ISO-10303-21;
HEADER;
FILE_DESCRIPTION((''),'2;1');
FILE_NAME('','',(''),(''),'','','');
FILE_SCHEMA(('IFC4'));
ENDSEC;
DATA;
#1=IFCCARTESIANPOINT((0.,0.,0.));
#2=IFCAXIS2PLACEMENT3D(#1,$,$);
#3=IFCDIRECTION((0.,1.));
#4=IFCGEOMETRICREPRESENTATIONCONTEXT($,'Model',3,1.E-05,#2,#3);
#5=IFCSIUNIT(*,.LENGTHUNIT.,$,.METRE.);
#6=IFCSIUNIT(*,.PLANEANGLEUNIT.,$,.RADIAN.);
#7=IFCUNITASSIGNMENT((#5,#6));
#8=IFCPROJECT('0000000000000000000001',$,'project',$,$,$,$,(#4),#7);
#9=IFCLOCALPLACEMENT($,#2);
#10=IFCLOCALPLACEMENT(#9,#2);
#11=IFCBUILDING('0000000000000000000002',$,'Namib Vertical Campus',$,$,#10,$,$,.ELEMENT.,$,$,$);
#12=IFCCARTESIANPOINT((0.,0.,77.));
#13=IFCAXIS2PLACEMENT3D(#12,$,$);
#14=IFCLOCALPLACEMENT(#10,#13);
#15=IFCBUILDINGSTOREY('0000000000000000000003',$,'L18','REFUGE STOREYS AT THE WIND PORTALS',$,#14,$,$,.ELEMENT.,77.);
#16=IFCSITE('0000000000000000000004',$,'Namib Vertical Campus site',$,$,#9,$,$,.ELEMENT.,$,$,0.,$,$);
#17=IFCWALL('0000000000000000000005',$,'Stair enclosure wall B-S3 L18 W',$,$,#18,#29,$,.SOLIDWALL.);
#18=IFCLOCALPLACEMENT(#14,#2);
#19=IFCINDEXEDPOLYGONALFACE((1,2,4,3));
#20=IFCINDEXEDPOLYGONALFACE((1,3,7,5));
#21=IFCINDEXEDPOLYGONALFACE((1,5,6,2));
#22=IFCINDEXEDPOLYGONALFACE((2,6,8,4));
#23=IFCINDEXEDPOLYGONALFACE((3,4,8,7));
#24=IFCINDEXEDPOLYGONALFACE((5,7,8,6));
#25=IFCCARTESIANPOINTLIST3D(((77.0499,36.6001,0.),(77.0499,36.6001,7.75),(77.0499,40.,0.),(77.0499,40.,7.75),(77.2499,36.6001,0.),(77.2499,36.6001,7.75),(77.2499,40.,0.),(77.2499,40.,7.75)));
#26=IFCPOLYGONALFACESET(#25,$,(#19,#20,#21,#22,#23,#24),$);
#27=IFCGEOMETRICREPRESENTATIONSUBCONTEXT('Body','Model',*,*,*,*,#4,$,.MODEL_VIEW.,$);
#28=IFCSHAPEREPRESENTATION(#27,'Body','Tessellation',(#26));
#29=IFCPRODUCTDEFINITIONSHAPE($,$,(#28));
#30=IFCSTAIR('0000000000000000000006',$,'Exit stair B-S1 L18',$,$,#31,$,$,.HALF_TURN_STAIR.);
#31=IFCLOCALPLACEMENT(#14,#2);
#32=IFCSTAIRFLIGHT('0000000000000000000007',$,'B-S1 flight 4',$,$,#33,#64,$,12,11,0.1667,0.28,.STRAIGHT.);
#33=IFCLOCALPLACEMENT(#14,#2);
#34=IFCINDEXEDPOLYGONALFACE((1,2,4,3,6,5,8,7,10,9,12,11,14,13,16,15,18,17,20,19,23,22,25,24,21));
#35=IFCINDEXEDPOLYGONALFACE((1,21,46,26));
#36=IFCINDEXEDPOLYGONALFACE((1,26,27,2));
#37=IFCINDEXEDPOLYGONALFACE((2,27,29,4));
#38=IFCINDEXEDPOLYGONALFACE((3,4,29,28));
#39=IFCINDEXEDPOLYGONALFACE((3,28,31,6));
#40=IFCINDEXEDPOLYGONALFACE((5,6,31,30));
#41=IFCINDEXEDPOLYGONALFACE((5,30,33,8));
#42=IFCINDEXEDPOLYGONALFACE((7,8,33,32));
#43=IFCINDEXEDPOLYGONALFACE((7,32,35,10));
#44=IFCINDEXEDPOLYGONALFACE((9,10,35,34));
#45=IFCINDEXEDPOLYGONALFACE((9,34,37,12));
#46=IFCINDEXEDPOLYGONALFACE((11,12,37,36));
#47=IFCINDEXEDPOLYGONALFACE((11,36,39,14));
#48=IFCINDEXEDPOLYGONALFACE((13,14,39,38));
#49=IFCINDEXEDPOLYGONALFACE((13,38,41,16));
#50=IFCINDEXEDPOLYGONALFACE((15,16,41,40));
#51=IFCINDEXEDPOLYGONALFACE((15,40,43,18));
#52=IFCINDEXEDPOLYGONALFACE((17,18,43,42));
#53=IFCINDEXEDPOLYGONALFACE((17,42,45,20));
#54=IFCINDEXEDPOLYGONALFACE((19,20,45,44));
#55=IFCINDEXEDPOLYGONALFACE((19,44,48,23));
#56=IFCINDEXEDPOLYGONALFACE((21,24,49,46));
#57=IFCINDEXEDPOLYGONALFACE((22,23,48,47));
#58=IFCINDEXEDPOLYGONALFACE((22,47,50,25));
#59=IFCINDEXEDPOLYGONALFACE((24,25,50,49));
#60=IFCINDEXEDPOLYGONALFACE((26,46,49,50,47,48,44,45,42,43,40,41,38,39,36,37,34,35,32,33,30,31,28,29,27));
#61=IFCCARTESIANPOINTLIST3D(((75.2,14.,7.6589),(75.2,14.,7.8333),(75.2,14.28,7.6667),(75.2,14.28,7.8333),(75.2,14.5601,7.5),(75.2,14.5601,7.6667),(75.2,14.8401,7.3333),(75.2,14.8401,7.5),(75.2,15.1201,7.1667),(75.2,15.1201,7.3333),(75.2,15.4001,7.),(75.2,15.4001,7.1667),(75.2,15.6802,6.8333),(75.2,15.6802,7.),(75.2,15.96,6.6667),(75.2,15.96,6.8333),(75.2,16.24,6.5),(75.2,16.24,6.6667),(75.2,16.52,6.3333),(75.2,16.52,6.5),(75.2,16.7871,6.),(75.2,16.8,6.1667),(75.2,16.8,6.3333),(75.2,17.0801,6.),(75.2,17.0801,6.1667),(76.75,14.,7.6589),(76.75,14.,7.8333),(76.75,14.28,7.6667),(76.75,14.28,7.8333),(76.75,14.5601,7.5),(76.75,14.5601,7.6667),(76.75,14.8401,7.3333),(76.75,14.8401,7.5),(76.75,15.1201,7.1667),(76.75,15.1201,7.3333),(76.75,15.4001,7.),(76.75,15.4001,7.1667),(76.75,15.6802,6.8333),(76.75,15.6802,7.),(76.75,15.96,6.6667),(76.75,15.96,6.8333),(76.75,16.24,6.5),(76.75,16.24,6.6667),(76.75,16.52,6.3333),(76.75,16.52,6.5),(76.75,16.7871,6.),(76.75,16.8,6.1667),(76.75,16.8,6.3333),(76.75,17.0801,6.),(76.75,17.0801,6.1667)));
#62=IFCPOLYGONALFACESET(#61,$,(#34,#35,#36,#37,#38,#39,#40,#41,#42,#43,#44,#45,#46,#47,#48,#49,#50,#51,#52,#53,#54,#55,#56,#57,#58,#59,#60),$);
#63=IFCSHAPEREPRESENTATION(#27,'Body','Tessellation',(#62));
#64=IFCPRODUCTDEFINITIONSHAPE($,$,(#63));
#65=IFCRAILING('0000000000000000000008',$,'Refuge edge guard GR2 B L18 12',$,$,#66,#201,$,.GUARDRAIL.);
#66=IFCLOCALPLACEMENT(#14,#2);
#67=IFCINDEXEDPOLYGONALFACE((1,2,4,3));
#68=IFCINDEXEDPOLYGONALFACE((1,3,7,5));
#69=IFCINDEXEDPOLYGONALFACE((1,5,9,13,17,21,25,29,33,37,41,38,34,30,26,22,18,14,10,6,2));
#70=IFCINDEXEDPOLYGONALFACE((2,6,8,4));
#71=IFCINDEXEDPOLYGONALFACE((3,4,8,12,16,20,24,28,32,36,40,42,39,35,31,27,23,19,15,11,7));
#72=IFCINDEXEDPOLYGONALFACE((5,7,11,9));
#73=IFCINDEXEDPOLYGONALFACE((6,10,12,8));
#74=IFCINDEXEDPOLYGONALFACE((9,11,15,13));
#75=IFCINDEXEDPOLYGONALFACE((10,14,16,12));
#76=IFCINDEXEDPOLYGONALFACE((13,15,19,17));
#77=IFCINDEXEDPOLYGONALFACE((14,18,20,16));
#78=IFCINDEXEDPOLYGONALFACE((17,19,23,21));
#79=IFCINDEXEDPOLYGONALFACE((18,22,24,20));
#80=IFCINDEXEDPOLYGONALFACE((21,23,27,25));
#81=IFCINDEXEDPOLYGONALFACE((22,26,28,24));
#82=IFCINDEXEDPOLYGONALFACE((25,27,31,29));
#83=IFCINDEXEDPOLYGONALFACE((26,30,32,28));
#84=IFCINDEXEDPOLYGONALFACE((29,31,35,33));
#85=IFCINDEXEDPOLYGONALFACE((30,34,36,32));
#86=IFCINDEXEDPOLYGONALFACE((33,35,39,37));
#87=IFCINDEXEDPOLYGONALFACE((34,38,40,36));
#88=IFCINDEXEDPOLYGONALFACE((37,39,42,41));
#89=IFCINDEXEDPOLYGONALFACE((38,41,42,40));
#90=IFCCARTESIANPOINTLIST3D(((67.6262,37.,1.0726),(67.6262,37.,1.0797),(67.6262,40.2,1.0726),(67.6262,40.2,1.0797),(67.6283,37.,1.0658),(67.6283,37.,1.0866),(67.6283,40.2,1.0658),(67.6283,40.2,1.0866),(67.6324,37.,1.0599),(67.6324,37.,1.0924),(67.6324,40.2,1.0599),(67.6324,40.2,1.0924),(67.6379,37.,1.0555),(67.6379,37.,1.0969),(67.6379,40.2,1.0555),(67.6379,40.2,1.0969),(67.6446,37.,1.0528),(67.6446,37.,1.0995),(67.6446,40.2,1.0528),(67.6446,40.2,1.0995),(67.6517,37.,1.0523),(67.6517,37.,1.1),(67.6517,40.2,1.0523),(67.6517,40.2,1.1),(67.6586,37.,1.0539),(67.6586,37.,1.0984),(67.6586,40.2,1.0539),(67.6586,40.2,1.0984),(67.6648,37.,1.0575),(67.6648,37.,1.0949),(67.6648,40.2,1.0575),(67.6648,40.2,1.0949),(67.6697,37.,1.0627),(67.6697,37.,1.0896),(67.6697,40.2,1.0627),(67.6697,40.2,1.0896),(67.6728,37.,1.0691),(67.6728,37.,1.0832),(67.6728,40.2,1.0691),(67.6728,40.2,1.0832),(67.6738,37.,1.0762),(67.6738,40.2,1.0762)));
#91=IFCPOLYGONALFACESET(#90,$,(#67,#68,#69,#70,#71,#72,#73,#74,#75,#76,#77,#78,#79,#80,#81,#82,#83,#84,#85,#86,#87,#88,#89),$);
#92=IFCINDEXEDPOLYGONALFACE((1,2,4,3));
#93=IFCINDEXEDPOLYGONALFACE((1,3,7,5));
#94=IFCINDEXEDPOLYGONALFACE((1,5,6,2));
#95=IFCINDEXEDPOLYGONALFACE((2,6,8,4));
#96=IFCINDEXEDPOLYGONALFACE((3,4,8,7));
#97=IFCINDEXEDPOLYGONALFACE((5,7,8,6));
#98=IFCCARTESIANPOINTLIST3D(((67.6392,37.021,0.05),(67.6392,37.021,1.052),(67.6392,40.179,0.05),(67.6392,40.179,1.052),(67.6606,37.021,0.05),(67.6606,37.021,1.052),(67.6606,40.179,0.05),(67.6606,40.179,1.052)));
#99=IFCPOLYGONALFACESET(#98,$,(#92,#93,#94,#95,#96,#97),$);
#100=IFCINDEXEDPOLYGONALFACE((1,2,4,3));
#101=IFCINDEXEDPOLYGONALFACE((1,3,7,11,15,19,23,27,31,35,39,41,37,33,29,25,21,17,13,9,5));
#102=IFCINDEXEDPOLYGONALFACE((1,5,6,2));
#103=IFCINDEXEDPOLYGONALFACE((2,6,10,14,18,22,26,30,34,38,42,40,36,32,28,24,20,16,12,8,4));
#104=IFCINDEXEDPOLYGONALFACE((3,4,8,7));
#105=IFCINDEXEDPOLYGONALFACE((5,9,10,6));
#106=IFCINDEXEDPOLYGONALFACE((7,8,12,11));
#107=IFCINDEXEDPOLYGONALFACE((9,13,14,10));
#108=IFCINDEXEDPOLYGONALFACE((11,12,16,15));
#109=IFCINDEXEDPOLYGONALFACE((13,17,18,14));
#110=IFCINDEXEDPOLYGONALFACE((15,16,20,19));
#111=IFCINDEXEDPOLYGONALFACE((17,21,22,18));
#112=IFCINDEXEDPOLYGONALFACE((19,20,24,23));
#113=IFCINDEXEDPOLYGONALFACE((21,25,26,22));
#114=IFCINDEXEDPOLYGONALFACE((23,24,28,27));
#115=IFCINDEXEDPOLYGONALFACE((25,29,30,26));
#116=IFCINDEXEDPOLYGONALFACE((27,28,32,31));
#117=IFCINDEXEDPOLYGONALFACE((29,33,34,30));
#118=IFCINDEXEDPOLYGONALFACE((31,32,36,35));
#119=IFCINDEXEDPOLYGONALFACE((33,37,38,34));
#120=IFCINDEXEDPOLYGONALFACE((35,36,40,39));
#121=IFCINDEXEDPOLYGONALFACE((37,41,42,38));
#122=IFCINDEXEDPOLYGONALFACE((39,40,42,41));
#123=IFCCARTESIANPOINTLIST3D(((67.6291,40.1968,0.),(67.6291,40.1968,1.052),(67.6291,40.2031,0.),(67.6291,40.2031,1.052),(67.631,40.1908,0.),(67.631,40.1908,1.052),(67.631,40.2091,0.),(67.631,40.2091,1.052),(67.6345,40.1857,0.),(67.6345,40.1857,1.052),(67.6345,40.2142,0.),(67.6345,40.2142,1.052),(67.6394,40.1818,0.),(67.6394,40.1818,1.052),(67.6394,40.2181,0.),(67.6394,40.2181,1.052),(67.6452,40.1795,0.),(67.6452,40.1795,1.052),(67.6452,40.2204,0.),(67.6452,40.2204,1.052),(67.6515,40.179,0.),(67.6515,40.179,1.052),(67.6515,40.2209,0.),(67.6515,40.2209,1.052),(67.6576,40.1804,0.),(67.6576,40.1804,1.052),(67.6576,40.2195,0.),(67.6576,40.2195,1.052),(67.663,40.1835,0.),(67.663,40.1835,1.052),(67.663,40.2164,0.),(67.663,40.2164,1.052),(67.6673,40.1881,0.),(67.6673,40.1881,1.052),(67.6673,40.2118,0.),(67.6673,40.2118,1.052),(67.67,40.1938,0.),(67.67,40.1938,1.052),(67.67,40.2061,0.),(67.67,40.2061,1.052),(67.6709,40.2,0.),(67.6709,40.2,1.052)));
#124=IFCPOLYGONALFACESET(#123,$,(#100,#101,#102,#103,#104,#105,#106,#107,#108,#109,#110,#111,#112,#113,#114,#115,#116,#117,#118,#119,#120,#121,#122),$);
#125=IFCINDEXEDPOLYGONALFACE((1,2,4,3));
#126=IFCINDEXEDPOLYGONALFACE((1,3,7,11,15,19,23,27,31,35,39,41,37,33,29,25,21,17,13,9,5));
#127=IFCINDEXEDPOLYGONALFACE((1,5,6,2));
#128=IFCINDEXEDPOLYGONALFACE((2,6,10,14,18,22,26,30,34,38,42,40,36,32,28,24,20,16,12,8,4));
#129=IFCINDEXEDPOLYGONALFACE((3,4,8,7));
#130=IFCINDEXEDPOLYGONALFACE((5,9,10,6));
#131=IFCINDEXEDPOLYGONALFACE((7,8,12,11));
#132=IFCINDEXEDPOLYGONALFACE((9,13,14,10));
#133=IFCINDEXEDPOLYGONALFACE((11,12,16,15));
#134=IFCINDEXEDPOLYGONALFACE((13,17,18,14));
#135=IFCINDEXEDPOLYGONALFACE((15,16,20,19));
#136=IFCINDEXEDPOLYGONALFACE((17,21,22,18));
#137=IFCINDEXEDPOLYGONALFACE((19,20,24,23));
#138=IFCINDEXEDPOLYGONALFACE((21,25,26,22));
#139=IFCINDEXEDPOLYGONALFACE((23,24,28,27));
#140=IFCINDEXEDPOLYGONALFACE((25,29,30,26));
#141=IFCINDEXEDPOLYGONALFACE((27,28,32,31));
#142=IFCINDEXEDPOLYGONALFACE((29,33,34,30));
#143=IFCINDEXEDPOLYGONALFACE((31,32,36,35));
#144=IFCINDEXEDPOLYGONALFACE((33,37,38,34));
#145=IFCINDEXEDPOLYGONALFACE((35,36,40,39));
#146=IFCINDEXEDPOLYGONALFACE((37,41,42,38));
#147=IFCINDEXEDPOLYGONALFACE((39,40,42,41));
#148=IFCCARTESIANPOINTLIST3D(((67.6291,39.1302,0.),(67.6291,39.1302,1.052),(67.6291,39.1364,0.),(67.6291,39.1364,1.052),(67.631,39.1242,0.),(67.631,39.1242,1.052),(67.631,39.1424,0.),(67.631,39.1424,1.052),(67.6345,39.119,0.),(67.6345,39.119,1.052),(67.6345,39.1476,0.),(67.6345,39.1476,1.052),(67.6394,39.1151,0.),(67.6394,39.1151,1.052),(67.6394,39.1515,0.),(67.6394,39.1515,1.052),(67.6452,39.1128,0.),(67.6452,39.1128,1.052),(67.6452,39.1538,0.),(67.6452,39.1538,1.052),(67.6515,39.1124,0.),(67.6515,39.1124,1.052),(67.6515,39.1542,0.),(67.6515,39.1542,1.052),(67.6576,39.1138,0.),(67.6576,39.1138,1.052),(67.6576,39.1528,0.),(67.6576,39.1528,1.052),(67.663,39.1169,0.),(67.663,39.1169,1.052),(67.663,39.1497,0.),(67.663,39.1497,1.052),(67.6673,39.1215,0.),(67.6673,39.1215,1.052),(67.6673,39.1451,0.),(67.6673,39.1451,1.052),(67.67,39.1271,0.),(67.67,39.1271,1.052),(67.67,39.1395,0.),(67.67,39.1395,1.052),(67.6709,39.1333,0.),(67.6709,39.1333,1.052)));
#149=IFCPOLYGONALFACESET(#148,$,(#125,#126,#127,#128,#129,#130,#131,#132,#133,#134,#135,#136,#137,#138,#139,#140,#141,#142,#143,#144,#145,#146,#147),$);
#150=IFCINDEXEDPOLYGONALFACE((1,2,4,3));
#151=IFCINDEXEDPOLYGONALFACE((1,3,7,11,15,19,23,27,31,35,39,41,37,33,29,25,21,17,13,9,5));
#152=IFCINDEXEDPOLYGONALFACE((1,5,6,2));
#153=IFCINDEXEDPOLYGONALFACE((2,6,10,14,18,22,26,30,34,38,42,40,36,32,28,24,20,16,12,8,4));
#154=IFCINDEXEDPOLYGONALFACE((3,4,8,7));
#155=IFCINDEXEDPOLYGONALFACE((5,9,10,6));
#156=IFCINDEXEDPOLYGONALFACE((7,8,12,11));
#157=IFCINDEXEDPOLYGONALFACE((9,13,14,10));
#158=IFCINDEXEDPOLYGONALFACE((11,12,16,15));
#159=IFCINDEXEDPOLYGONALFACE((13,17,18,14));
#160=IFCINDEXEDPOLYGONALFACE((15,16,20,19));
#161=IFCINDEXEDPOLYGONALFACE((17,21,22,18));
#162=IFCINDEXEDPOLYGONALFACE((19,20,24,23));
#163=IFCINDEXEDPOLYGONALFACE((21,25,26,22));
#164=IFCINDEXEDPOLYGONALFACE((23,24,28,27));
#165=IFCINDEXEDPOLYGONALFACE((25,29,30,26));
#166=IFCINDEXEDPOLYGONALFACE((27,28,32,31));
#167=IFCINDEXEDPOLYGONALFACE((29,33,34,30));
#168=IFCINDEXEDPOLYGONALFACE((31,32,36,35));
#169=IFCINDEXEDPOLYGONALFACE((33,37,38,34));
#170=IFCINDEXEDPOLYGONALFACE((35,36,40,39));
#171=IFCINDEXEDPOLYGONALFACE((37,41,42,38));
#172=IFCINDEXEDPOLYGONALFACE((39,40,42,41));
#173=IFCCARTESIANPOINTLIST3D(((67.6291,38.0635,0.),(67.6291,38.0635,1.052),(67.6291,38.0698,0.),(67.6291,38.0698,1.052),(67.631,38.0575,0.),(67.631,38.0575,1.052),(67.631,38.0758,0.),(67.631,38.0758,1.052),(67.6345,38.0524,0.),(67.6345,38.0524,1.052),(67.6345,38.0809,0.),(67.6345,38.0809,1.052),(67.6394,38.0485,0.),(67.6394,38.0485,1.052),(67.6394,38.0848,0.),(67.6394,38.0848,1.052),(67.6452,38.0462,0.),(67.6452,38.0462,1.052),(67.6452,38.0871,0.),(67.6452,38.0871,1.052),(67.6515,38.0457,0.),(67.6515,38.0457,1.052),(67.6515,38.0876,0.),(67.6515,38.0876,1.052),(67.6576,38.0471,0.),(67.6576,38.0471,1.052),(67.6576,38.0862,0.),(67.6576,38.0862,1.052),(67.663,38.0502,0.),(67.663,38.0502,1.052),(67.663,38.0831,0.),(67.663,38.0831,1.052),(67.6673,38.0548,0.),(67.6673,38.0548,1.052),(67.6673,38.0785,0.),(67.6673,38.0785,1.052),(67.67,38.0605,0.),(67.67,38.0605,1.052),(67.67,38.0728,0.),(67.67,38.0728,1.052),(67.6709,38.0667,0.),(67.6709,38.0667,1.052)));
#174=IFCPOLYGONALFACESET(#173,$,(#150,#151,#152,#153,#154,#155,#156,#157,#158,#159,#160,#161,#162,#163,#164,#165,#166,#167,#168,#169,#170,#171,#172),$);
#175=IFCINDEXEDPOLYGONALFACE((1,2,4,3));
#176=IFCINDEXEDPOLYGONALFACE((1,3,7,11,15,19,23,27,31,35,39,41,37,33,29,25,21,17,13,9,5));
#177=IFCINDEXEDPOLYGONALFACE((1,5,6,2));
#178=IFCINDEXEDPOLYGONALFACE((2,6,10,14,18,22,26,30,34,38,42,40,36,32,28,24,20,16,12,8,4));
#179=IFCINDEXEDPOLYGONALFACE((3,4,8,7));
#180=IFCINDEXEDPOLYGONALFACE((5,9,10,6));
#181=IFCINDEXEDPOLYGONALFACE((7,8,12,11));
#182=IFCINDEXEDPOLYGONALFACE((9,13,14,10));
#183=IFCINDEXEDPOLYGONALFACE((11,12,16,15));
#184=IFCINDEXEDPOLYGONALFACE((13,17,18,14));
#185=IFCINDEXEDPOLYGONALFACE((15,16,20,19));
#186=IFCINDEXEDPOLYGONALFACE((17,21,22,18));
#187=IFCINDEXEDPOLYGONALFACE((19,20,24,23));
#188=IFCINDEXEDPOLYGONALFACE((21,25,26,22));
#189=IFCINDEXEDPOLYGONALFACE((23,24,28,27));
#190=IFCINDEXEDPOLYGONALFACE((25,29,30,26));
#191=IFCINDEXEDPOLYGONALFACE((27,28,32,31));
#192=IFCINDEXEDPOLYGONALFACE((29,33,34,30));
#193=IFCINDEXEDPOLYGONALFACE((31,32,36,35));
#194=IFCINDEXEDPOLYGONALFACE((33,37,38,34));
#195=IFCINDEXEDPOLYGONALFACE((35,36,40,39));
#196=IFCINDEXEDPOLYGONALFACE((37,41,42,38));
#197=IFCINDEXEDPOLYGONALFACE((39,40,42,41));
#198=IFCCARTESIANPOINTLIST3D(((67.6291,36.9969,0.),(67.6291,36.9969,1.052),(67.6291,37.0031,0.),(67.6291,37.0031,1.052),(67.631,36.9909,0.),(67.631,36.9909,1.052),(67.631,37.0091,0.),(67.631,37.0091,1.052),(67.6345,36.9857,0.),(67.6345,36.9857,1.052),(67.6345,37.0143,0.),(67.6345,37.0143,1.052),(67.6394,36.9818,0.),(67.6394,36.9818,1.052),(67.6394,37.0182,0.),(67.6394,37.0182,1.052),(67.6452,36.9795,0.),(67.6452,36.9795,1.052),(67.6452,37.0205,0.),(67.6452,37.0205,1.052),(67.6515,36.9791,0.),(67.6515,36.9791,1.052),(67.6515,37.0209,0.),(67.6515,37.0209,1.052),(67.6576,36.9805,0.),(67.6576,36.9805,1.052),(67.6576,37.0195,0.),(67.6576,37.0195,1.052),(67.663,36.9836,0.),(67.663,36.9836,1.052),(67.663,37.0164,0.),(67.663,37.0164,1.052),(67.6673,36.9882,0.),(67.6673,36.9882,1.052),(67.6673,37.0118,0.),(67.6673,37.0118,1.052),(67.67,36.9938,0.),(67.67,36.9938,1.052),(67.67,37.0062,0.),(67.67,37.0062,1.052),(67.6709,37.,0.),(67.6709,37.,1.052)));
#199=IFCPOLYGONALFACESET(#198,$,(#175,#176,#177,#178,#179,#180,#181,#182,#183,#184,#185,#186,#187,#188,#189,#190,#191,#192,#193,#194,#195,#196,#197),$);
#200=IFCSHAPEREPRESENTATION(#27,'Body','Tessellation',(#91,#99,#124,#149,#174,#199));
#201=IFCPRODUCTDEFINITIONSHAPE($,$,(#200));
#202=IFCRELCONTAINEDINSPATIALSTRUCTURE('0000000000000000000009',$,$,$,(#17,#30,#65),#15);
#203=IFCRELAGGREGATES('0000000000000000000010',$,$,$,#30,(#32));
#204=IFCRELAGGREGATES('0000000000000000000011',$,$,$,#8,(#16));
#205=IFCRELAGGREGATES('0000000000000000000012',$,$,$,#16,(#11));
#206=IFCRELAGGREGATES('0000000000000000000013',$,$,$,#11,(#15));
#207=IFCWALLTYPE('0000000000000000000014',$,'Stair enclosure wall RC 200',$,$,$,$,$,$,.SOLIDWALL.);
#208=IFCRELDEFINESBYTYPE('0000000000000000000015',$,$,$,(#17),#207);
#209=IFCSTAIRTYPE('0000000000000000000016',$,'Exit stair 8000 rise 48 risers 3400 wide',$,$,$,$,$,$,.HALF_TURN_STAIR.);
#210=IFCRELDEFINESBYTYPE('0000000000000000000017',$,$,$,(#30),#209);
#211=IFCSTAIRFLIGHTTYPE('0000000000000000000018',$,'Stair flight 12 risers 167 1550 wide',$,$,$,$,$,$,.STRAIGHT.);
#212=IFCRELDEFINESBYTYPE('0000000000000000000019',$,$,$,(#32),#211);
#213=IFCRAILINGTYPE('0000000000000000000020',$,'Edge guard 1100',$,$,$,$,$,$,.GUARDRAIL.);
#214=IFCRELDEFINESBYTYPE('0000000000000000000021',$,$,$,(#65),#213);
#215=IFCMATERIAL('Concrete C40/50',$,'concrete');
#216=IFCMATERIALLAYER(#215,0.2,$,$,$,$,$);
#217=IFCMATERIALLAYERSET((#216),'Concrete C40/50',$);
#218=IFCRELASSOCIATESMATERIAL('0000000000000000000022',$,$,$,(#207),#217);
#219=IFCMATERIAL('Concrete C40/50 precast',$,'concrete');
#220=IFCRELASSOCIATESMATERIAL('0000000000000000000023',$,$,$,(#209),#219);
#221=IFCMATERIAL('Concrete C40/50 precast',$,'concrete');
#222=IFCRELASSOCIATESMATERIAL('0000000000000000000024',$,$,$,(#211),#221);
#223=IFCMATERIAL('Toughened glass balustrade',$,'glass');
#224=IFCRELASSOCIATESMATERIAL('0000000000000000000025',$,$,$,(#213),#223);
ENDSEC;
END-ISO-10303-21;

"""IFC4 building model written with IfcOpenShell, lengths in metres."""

from ifc_helpers import new_model, si_unit, direction, frame, frame_2d, origin, origin_2d, place, context, subcontext, project, spatial, polyline, rectangle, circle, outline, extrude, material, layer, layer_set, type_object, element, aggregate, save


model = new_model("IFC4")

# Units and contexts
model_context = context("Model", 3, precision=1e-05, world=origin(), true_north=direction((0.0, 1.0)))
body_context = subcontext(model_context, "Body", "Model", "MODEL_VIEW")
ifc_project = project(units=[si_unit("LENGTHUNIT", "METRE"), si_unit("PLANEANGLEUNIT", "RADIAN")], contexts=[model_context])

# Site, building, storey
site_placement = place(None, origin())
site = spatial("IfcSite", under=ifc_project, at=site_placement, Name="Namib Vertical Campus site", CompositionType="ELEMENT", RefElevation=0.0)
building_placement = place(site_placement, origin())
building = spatial("IfcBuilding", under=site, at=building_placement, Name="Namib Vertical Campus", CompositionType="ELEMENT")
storey_placement = place(building_placement, frame((0.0, 0.0, 77.0)))
storey = spatial("IfcBuildingStorey", under=building, at=storey_placement, Name="L18", Description="REFUGE STOREYS AT THE WIND PORTALS", CompositionType="ELEMENT", Elevation=77.0)

# Wall
ifc_material_1 = material(Name="Concrete C40/50", Category="concrete")
ifc_layer_1 = layer(ifc_material_1, 0.2)
ifc_layer_set_1 = layer_set([ifc_layer_1], Name="Concrete C40/50")
wall_type_1 = type_object("IfcWallType", Name="Stair enclosure wall RC 200", PredefinedType="SOLIDWALL", material=ifc_layer_set_1)
wall_1_placement = place(storey_placement, frame((77.1499, 36.6001, 0.0), z_axis=(0.0, 0.0, 1.0), x_axis=(0.0, 1.0, 0.0)))
element("IfcWall", 1, at=wall_1_placement, inside=storey, type_object=wall_type_1, Name="Stair enclosure wall B-S3 L18 W", PredefinedType="SOLIDWALL", context=body_context, shape_type="SweptSolid", body=[
    extrude(rectangle(XDim=3.3999, YDim=0.2, at=frame_2d((1.7, 0.0))), origin(), (0.0, 0.0, 1.0), 7.75),
])

# Stair, stair flight
ifc_material_2 = material(Name="Concrete C40/50 precast", Category="concrete")
stair_type = type_object("IfcStairType", Name="Exit stair 8000 rise 48 risers 3400 wide", PredefinedType="HALF_TURN_STAIR", material=ifc_material_2)
stair_placement = place(storey_placement, origin())
stair = element("IfcStair", 2, at=stair_placement, inside=storey, type_object=stair_type, Name="Exit stair B-S1 L18", PredefinedType="HALF_TURN_STAIR")
ifc_material_3 = material(Name="Concrete C40/50 precast", Category="concrete")
stair_flight_type = type_object("IfcStairFlightType", Name="Stair flight 12 risers 167 1550 wide", PredefinedType="STRAIGHT", material=ifc_material_3)
stair_flight_placement = place(storey_placement, frame((75.9751, 17.0801, 6.0), z_axis=(0.0, 0.0, 1.0), x_axis=(0.0, -1.0, 0.0)))
stair_flight = element("IfcStairFlight", 3, at=stair_flight_placement, type_object=stair_flight_type, Name="B-S1 flight 4", NumberOfRisers=12, NumberOfTreads=11, PredefinedType="STRAIGHT", RiserHeight=0.1667, TreadLength=0.28, context=body_context, shape_type="SweptSolid", body=[
    extrude(outline(polyline([(0.0, 0.0), (0.0, 0.1667), (0.28, 0.1667), (0.28, 0.3333), (0.5601, 0.3333), (0.5601, 0.5), (0.8401, 0.5), (0.8401, 0.6667), (1.1201, 0.6667), (1.1201, 0.8333), (1.3999, 0.8333), (1.3999, 1.0), (1.6799, 1.0), (1.6799, 1.1667), (1.96, 1.1667), (1.96, 1.3333), (2.24, 1.3333), (2.24, 1.5), (2.52, 1.5), (2.52, 1.6667), (2.8, 1.6667), (2.8, 1.8333), (3.0801, 1.8333), (3.0801, 2.0), (3.0801, 1.6589), (0.293, 0.0), (0.0, 0.0)])), frame((0.0, 0.7749, 0.0), z_axis=(0.0, -1.0, 0.0), x_axis=(1.0, 0.0, 0.0)), (0.0, 0.0, 1.0), 1.55),
])
aggregate(stair, [stair_flight])

# Railing
ifc_material_4 = material(Name="Toughened glass balustrade", Category="glass")
railing_type_1 = type_object("IfcRailingType", Name="Edge guard 1100", PredefinedType="GUARDRAIL", material=ifc_material_4)
railing_1_placement = place(storey_placement, frame((67.6499, 40.2, 0.0)))
element("IfcRailing", 4, at=railing_1_placement, inside=storey, type_object=railing_type_1, Name="Refuge edge guard GR2 B L18 12", PredefinedType="GUARDRAIL", context=body_context, shape_type="SweptSolid", body=[
    extrude(circle(Radius=0.0239, at=origin_2d()), frame((0.0, 0.0, 1.0762), z_axis=(0.0, -1.0, 0.0), x_axis=(1.0, 0.0, 0.0)), (0.0, 0.0, 1.0), 3.2),
    extrude(outline(polyline([(0.021, 0.05), (3.179, 0.05), (3.179, 1.052), (0.021, 1.052), (0.021, 0.05)])), frame((0.0107, 0.0, 0.0), z_axis=(-1.0, 0.0, 0.0), x_axis=(0.0, -1.0, 0.0)), (0.0, 0.0, 1.0), 0.0215),
    extrude(circle(Radius=0.021, at=origin_2d()), origin(), (0.0, 0.0, 1.0), 1.052),
    extrude(circle(Radius=0.021, at=origin_2d()), frame((0.0, -1.0667, 0.0)), (0.0, 0.0, 1.0), 1.052),
    extrude(circle(Radius=0.021, at=origin_2d()), frame((0.0, -2.1333, 0.0)), (0.0, 0.0, 1.0), 1.052),
    extrude(circle(Radius=0.021, at=origin_2d()), frame((0.0, -3.2, 0.0)), (0.0, 0.0, 1.0), 1.052),
])

save(model, "model.ifc")
